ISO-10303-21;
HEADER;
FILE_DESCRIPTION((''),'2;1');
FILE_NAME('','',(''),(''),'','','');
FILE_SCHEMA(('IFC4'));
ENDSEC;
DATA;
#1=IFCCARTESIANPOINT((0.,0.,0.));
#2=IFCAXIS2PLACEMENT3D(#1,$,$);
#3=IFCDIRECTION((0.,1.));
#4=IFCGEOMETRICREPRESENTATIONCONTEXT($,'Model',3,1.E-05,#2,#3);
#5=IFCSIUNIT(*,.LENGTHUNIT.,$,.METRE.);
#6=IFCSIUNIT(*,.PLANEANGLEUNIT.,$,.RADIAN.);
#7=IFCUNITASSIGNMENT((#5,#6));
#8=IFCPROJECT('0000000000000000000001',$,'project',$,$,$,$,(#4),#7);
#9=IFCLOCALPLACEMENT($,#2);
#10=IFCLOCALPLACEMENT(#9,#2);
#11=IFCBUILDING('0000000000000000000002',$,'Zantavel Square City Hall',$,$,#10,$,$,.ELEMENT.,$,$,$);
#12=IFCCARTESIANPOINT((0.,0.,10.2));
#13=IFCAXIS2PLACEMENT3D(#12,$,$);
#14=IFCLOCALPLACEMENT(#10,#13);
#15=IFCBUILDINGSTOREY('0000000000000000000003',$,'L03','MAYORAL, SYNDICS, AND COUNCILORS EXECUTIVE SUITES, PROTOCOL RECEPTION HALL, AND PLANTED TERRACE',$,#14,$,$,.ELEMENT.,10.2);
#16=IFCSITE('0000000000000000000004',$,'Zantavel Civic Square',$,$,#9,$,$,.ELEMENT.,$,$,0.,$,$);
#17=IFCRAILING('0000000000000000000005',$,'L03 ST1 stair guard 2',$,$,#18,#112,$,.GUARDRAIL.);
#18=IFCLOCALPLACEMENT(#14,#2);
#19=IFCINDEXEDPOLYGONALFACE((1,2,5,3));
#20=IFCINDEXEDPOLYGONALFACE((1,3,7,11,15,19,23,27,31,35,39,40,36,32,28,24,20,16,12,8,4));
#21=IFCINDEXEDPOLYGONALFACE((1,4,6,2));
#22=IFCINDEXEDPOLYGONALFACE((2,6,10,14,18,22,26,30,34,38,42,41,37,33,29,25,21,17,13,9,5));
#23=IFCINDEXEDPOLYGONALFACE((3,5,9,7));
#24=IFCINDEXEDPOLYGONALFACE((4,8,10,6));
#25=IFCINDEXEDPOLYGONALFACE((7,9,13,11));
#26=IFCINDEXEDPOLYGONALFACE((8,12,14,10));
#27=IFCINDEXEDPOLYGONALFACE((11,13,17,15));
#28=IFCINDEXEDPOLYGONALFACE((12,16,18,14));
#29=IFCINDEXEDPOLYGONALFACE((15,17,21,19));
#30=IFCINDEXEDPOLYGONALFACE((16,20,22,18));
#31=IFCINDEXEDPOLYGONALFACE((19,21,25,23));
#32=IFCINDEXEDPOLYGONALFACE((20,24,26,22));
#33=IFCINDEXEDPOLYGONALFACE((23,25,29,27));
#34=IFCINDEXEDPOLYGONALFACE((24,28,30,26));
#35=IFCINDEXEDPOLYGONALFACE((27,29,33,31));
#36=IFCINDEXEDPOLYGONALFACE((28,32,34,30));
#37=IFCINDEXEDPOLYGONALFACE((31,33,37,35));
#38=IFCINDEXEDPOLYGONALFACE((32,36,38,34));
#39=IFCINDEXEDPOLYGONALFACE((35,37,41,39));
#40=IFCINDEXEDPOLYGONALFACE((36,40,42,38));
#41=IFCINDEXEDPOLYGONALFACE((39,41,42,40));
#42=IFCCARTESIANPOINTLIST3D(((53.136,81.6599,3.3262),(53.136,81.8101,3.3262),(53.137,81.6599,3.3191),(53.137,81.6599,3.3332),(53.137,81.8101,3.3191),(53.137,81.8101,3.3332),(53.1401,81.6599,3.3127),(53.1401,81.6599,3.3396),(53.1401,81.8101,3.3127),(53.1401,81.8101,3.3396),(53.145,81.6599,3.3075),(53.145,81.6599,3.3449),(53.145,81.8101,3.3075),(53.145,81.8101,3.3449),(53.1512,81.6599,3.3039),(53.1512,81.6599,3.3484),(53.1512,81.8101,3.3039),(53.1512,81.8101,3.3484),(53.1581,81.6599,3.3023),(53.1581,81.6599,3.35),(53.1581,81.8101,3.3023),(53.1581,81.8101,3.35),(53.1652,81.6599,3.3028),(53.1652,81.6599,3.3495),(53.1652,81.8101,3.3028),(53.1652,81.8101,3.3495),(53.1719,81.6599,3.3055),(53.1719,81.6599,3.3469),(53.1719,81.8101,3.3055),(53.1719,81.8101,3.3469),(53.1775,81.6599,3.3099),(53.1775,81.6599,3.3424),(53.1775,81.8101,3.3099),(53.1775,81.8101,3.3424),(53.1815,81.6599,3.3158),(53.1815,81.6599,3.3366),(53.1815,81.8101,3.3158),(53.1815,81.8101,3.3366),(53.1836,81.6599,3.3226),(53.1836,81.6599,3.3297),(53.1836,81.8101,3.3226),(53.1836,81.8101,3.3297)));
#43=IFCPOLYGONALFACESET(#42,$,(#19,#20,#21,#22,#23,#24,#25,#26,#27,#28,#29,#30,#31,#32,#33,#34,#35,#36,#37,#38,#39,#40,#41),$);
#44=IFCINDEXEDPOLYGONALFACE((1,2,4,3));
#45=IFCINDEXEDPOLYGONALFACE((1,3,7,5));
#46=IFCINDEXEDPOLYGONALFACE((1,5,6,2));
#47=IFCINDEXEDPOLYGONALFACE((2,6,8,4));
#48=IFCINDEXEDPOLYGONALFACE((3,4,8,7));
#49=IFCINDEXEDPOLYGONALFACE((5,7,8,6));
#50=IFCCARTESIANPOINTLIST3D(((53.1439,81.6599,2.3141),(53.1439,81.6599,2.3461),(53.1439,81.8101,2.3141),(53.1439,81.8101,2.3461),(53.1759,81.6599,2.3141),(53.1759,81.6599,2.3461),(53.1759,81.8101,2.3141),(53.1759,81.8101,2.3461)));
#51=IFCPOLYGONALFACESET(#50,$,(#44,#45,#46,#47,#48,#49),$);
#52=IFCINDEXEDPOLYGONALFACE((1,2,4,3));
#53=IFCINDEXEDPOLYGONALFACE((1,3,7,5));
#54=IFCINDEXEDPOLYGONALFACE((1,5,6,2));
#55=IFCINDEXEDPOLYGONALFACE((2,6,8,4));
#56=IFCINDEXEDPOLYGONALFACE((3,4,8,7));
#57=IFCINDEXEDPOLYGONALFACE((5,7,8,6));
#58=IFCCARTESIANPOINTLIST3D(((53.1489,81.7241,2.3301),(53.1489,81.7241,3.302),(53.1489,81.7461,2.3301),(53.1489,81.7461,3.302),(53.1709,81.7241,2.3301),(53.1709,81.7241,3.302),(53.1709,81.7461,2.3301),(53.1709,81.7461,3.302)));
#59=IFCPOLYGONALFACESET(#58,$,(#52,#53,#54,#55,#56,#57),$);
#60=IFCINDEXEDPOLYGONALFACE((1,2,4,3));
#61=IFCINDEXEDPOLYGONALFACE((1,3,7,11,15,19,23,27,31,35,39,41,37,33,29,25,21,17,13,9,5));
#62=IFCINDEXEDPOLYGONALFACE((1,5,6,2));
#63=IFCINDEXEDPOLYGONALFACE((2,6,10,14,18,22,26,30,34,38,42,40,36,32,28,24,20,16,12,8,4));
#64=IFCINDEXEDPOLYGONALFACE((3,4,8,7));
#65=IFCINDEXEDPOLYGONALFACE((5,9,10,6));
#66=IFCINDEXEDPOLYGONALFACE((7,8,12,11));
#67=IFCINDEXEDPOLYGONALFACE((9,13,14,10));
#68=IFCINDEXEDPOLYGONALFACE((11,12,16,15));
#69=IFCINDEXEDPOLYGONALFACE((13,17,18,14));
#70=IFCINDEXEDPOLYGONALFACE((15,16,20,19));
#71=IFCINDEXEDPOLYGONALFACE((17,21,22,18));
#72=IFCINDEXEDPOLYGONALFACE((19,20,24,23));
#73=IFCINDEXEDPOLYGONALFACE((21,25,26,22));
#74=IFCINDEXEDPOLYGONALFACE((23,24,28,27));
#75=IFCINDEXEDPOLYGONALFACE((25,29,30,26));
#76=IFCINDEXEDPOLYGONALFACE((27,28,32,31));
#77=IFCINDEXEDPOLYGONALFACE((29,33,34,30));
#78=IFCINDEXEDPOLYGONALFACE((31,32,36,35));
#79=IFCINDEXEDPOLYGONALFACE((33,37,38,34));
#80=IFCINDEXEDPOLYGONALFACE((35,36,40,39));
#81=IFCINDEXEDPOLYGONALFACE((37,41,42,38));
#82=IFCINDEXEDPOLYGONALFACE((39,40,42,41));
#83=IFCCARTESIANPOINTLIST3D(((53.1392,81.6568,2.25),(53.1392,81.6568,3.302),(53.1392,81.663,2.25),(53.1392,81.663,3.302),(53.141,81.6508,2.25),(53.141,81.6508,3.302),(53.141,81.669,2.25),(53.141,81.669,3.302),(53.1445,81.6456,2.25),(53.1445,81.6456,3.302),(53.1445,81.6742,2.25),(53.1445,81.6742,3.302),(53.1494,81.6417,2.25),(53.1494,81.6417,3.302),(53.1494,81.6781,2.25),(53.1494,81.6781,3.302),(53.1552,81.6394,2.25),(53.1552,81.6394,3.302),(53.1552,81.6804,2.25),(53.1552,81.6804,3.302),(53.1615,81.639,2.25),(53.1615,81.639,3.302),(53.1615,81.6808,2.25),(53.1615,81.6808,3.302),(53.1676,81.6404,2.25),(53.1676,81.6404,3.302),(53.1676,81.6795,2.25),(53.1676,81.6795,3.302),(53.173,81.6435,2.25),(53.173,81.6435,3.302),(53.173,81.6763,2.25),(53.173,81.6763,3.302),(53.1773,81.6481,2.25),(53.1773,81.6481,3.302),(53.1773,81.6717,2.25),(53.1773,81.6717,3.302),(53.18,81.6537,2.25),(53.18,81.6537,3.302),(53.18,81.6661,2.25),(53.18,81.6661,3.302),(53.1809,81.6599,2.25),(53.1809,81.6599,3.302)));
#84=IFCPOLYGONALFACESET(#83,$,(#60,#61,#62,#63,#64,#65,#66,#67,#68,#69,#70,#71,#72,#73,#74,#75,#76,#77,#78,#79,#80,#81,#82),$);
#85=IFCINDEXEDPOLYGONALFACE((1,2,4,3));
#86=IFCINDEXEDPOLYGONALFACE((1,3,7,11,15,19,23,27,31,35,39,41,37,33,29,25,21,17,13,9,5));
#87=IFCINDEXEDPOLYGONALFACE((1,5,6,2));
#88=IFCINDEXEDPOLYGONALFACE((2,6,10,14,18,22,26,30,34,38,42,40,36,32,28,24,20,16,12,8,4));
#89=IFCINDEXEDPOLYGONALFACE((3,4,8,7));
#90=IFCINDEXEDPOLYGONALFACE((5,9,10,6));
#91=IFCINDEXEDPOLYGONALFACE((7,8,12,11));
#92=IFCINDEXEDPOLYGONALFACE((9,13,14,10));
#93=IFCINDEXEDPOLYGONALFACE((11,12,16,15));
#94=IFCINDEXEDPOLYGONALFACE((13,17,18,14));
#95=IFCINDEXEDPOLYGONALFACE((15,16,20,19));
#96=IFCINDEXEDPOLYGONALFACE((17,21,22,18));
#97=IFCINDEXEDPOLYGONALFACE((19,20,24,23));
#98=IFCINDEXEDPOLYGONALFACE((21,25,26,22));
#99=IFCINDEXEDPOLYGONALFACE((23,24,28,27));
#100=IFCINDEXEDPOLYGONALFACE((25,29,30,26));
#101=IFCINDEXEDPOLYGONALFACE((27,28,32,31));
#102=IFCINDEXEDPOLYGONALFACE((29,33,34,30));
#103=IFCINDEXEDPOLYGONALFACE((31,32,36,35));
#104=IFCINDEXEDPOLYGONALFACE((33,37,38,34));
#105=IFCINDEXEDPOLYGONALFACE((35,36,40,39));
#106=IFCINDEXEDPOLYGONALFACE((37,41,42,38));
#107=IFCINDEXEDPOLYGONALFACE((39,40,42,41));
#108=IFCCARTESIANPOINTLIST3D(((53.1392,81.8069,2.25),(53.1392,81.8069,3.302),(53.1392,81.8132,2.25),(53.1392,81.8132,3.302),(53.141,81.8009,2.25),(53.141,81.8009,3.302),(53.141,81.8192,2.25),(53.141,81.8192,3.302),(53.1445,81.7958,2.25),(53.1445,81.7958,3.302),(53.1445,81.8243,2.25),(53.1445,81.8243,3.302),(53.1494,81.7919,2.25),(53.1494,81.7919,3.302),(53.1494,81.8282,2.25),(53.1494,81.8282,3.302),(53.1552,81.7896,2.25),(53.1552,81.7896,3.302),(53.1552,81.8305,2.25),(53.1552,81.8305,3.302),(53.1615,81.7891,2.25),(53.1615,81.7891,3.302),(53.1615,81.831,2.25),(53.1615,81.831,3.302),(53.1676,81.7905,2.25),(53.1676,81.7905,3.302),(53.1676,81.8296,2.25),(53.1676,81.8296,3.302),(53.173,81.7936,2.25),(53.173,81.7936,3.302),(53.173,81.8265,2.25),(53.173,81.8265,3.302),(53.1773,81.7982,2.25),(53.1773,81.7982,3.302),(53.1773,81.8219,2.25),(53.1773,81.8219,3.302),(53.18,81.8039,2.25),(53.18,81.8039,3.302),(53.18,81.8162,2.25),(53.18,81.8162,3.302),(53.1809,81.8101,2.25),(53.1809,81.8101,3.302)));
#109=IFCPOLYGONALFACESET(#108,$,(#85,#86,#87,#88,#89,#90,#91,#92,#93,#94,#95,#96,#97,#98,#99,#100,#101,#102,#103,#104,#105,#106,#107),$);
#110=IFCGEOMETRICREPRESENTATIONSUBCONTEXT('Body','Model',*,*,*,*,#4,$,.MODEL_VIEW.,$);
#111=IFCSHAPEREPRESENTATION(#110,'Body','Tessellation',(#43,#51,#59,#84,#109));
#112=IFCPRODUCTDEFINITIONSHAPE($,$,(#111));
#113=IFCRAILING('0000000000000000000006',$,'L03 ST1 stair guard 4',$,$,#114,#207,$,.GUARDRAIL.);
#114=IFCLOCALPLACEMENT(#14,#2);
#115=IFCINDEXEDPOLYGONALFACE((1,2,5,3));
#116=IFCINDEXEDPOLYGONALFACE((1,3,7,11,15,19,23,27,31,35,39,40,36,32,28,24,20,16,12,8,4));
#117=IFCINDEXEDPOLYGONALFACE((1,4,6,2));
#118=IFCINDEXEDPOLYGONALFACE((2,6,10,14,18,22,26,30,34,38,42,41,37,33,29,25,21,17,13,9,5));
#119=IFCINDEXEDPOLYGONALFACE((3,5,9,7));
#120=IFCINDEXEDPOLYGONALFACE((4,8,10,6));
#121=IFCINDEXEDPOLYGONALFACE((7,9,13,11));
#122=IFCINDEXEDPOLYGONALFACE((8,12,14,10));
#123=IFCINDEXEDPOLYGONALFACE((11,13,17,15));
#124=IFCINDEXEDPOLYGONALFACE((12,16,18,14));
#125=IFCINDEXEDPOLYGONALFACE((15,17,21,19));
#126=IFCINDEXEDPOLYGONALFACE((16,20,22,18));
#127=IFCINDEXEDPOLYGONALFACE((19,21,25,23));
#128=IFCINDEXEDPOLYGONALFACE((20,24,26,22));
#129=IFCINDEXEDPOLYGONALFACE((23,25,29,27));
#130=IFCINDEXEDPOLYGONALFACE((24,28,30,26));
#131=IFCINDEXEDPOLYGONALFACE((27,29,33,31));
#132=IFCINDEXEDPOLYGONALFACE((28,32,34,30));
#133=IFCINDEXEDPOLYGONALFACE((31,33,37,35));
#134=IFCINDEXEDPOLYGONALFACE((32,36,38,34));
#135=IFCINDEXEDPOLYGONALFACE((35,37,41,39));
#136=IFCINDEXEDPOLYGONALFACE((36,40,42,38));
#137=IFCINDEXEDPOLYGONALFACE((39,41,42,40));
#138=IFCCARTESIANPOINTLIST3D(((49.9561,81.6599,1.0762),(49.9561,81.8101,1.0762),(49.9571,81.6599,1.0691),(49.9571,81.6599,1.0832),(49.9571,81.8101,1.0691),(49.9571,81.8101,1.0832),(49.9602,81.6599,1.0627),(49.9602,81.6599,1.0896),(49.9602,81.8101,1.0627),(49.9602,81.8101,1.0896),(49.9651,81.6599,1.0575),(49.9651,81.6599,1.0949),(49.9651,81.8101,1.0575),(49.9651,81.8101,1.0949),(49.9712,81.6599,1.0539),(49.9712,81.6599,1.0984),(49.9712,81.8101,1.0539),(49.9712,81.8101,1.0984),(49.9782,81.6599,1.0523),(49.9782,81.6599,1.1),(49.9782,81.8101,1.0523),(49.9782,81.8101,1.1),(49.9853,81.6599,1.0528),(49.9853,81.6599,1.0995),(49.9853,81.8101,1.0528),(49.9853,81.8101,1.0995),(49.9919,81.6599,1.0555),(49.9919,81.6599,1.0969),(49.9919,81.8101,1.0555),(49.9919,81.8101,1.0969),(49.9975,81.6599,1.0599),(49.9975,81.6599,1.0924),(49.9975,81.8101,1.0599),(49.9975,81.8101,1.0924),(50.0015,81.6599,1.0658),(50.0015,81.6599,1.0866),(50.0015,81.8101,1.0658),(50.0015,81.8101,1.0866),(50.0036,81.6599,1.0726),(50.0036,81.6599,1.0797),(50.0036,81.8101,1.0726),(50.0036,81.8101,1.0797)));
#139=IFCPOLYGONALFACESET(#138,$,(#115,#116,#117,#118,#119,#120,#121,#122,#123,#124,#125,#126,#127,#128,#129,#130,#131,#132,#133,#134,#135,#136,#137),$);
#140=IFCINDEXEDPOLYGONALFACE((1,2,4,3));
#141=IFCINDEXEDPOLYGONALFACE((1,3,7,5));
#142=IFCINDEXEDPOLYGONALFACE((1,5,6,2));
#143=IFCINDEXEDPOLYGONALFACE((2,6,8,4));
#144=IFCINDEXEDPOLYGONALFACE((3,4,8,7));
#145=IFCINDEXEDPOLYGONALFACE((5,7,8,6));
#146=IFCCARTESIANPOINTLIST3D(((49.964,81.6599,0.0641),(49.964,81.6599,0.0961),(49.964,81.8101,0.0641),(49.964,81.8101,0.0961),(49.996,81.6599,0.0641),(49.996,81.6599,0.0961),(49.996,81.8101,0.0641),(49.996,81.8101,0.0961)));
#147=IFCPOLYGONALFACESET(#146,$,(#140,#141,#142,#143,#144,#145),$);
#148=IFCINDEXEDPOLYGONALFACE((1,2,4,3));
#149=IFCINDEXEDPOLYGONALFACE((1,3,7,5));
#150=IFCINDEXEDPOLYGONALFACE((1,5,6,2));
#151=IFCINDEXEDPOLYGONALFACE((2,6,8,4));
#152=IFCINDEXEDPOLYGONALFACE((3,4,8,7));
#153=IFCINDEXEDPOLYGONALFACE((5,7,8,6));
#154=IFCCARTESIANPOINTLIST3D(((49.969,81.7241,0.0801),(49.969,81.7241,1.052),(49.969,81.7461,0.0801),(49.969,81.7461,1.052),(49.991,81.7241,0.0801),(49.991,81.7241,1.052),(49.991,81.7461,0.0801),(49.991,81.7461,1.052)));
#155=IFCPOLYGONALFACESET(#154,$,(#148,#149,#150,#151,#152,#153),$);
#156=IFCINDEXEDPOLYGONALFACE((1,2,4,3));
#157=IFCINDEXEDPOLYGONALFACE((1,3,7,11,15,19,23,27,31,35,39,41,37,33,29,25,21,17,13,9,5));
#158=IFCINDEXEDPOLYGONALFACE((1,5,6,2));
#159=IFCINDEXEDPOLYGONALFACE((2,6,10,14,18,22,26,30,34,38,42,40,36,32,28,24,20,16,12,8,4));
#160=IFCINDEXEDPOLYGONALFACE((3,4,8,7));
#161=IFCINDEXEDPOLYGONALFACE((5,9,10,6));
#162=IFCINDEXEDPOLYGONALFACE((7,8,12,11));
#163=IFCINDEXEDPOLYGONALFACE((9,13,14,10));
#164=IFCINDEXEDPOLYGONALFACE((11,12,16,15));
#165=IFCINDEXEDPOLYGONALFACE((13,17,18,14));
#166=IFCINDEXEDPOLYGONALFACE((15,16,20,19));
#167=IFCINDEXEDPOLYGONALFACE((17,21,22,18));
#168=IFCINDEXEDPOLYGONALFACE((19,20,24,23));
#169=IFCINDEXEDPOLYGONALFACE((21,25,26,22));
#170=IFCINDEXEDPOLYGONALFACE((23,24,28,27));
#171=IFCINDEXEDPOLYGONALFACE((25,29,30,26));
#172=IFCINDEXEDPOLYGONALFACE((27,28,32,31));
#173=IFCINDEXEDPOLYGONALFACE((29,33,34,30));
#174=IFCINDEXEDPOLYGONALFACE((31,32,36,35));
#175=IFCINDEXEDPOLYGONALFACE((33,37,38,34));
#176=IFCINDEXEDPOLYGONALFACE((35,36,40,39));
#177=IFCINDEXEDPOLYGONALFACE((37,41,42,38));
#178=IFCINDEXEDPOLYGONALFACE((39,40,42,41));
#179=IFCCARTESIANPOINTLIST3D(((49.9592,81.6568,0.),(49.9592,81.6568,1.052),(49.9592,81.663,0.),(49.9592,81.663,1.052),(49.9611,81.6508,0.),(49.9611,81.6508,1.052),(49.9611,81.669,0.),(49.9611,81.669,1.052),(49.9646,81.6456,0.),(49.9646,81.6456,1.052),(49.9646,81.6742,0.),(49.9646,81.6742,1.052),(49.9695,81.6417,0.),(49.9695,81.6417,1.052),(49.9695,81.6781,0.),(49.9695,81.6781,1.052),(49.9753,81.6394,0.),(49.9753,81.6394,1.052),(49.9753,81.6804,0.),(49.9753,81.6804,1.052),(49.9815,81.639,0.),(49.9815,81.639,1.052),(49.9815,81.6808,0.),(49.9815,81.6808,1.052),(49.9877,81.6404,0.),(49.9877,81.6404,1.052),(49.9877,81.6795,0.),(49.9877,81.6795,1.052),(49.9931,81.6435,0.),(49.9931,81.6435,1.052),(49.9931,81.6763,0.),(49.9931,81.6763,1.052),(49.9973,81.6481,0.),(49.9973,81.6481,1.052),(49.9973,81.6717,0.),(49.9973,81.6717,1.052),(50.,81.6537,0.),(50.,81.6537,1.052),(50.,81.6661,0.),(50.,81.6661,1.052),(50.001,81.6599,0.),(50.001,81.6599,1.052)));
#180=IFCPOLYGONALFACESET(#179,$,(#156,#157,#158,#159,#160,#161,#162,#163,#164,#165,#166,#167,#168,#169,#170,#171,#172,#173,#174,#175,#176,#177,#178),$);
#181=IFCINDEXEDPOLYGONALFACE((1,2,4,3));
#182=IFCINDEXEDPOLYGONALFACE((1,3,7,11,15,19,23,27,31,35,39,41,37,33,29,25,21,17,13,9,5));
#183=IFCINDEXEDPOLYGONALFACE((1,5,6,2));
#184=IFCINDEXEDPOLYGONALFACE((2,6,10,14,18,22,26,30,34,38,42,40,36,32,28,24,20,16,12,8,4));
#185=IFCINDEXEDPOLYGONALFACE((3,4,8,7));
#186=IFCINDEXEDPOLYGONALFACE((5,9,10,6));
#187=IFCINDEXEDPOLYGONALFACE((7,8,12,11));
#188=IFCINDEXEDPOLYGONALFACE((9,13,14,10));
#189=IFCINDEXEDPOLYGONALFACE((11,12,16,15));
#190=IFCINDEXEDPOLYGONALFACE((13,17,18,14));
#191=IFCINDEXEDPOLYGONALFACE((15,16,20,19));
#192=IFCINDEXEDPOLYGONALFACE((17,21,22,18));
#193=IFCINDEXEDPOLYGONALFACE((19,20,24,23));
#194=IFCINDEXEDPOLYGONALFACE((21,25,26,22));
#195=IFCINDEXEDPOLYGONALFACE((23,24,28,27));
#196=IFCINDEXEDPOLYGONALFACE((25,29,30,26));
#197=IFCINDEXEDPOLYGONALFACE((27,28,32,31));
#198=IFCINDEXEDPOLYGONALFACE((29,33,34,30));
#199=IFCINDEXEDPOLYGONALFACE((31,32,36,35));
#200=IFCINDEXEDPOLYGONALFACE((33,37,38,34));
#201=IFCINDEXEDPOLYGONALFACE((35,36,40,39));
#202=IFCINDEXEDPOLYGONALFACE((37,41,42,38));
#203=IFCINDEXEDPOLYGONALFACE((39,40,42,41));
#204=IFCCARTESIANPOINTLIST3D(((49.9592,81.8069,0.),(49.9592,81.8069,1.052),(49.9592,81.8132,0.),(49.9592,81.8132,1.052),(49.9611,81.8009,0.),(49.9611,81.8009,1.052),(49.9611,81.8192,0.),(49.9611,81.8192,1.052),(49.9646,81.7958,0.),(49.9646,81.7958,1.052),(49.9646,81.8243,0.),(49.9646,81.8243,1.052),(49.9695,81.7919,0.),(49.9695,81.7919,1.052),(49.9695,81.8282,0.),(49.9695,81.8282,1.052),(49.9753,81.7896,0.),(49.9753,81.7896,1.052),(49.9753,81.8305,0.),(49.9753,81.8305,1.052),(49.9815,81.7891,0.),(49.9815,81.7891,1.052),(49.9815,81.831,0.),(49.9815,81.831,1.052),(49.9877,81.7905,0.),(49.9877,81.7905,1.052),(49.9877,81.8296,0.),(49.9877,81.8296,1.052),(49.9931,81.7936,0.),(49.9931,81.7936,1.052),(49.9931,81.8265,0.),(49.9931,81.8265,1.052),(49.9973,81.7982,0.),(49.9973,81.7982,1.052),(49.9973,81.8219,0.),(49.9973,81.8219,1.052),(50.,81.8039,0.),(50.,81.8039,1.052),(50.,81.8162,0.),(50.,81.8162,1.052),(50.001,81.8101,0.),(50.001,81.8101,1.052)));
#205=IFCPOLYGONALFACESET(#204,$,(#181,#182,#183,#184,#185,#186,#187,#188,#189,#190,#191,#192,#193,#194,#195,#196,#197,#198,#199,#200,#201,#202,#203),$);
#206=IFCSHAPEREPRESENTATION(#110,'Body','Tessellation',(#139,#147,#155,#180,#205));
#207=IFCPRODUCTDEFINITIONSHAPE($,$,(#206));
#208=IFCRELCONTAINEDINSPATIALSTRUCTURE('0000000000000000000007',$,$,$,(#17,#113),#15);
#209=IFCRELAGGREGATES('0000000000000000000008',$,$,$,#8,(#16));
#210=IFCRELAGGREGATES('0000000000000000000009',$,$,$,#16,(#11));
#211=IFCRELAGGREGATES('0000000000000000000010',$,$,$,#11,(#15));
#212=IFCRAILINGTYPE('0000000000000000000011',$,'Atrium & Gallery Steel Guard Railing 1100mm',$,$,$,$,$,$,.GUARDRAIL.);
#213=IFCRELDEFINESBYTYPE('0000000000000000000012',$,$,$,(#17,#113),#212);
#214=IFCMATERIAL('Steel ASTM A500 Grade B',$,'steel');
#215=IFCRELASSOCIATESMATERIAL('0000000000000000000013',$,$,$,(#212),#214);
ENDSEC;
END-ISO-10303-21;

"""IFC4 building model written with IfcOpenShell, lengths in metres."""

from ifc_helpers import new_model, si_unit, direction, frame, origin, origin_2d, place, context, subcontext, project, spatial, rectangle, circle, extrude, material, type_object, element, save


model = new_model("IFC4")

# Units and contexts
model_context = context("Model", 3, precision=1e-05, world=origin(), true_north=direction((0.0, 1.0)))
body_context = subcontext(model_context, "Body", "Model", "MODEL_VIEW")
ifc_project = project(units=[si_unit("LENGTHUNIT", "METRE"), si_unit("PLANEANGLEUNIT", "RADIAN")], contexts=[model_context])

# Site, building, storey
site_placement = place(None, origin())
site = spatial("IfcSite", under=ifc_project, at=site_placement, Name="Zantavel Civic Square", CompositionType="ELEMENT", RefElevation=0.0)
building_placement = place(site_placement, origin())
building = spatial("IfcBuilding", under=site, at=building_placement, Name="Zantavel Square City Hall", CompositionType="ELEMENT")
storey_placement = place(building_placement, frame((0.0, 0.0, 10.2)))
storey = spatial("IfcBuildingStorey", under=building, at=storey_placement, Name="L03", Description="MAYORAL, SYNDICS, AND COUNCILORS EXECUTIVE SUITES, PROTOCOL RECEPTION HALL, AND PLANTED TERRACE", CompositionType="ELEMENT", Elevation=10.2)

# Railings
ifc_material_1 = material(Name="Steel ASTM A500 Grade B", Category="steel")
railing_type_1 = type_object("IfcRailingType", Name="Atrium & Gallery Steel Guard Railing 1100mm", PredefinedType="GUARDRAIL", material=ifc_material_1)
railing_1_placement = place(storey_placement, frame((53.1599, 81.6599, 2.25)))
element("IfcRailing", 1, at=railing_1_placement, inside=storey, type_object=railing_type_1, Name="L03 ST1 stair guard 2", PredefinedType="GUARDRAIL", context=body_context, shape_type="SweptSolid", body=[
    extrude(circle(Radius=0.0239, at=origin_2d()), frame((0.0, 0.0, 1.0762), z_axis=(0.0, 1.0, 0.0), x_axis=(-1.0, 0.0, 0.0)), (0.0, 0.0, 1.0), 0.1501),
    extrude(rectangle(XDim=0.032, YDim=0.032, at=origin_2d()), frame((0.0, 0.0, 0.0801), z_axis=(0.0, 1.0, 0.0), x_axis=(-1.0, 0.0, 0.0)), (0.0, 0.0, 1.0), 0.1501),
    extrude(rectangle(XDim=0.022, YDim=0.022, at=origin_2d()), frame((0.0, 0.0752, 0.0801)), (0.0, 0.0, 1.0), 0.9719),
    extrude(circle(Radius=0.021, at=origin_2d()), origin(), (0.0, 0.0, 1.0), 1.052),
    extrude(circle(Radius=0.021, at=origin_2d()), frame((0.0, 0.1501, 0.0)), (0.0, 0.0, 1.0), 1.052),
])
railing_2_placement = place(storey_placement, frame((49.98, 81.6599, 0.0)))
element("IfcRailing", 2, at=railing_2_placement, inside=storey, type_object=railing_type_1, Name="L03 ST1 stair guard 4", PredefinedType="GUARDRAIL", context=body_context, shape_type="SweptSolid", body=[
    extrude(circle(Radius=0.0239, at=origin_2d()), frame((0.0, 0.0, 1.0762), z_axis=(0.0, 1.0, 0.0), x_axis=(-1.0, 0.0, 0.0)), (0.0, 0.0, 1.0), 0.1501),
    extrude(rectangle(XDim=0.032, YDim=0.032, at=origin_2d()), frame((0.0, 0.0, 0.0801), z_axis=(0.0, 1.0, 0.0), x_axis=(-1.0, 0.0, 0.0)), (0.0, 0.0, 1.0), 0.1501),
    extrude(rectangle(XDim=0.022, YDim=0.022, at=origin_2d()), frame((0.0, 0.0752, 0.0801)), (0.0, 0.0, 1.0), 0.9719),
    extrude(circle(Radius=0.021, at=origin_2d()), origin(), (0.0, 0.0, 1.0), 1.052),
    extrude(circle(Radius=0.021, at=origin_2d()), frame((0.0, 0.1501, 0.0)), (0.0, 0.0, 1.0), 1.052),
])

save(model, "model.ifc")
